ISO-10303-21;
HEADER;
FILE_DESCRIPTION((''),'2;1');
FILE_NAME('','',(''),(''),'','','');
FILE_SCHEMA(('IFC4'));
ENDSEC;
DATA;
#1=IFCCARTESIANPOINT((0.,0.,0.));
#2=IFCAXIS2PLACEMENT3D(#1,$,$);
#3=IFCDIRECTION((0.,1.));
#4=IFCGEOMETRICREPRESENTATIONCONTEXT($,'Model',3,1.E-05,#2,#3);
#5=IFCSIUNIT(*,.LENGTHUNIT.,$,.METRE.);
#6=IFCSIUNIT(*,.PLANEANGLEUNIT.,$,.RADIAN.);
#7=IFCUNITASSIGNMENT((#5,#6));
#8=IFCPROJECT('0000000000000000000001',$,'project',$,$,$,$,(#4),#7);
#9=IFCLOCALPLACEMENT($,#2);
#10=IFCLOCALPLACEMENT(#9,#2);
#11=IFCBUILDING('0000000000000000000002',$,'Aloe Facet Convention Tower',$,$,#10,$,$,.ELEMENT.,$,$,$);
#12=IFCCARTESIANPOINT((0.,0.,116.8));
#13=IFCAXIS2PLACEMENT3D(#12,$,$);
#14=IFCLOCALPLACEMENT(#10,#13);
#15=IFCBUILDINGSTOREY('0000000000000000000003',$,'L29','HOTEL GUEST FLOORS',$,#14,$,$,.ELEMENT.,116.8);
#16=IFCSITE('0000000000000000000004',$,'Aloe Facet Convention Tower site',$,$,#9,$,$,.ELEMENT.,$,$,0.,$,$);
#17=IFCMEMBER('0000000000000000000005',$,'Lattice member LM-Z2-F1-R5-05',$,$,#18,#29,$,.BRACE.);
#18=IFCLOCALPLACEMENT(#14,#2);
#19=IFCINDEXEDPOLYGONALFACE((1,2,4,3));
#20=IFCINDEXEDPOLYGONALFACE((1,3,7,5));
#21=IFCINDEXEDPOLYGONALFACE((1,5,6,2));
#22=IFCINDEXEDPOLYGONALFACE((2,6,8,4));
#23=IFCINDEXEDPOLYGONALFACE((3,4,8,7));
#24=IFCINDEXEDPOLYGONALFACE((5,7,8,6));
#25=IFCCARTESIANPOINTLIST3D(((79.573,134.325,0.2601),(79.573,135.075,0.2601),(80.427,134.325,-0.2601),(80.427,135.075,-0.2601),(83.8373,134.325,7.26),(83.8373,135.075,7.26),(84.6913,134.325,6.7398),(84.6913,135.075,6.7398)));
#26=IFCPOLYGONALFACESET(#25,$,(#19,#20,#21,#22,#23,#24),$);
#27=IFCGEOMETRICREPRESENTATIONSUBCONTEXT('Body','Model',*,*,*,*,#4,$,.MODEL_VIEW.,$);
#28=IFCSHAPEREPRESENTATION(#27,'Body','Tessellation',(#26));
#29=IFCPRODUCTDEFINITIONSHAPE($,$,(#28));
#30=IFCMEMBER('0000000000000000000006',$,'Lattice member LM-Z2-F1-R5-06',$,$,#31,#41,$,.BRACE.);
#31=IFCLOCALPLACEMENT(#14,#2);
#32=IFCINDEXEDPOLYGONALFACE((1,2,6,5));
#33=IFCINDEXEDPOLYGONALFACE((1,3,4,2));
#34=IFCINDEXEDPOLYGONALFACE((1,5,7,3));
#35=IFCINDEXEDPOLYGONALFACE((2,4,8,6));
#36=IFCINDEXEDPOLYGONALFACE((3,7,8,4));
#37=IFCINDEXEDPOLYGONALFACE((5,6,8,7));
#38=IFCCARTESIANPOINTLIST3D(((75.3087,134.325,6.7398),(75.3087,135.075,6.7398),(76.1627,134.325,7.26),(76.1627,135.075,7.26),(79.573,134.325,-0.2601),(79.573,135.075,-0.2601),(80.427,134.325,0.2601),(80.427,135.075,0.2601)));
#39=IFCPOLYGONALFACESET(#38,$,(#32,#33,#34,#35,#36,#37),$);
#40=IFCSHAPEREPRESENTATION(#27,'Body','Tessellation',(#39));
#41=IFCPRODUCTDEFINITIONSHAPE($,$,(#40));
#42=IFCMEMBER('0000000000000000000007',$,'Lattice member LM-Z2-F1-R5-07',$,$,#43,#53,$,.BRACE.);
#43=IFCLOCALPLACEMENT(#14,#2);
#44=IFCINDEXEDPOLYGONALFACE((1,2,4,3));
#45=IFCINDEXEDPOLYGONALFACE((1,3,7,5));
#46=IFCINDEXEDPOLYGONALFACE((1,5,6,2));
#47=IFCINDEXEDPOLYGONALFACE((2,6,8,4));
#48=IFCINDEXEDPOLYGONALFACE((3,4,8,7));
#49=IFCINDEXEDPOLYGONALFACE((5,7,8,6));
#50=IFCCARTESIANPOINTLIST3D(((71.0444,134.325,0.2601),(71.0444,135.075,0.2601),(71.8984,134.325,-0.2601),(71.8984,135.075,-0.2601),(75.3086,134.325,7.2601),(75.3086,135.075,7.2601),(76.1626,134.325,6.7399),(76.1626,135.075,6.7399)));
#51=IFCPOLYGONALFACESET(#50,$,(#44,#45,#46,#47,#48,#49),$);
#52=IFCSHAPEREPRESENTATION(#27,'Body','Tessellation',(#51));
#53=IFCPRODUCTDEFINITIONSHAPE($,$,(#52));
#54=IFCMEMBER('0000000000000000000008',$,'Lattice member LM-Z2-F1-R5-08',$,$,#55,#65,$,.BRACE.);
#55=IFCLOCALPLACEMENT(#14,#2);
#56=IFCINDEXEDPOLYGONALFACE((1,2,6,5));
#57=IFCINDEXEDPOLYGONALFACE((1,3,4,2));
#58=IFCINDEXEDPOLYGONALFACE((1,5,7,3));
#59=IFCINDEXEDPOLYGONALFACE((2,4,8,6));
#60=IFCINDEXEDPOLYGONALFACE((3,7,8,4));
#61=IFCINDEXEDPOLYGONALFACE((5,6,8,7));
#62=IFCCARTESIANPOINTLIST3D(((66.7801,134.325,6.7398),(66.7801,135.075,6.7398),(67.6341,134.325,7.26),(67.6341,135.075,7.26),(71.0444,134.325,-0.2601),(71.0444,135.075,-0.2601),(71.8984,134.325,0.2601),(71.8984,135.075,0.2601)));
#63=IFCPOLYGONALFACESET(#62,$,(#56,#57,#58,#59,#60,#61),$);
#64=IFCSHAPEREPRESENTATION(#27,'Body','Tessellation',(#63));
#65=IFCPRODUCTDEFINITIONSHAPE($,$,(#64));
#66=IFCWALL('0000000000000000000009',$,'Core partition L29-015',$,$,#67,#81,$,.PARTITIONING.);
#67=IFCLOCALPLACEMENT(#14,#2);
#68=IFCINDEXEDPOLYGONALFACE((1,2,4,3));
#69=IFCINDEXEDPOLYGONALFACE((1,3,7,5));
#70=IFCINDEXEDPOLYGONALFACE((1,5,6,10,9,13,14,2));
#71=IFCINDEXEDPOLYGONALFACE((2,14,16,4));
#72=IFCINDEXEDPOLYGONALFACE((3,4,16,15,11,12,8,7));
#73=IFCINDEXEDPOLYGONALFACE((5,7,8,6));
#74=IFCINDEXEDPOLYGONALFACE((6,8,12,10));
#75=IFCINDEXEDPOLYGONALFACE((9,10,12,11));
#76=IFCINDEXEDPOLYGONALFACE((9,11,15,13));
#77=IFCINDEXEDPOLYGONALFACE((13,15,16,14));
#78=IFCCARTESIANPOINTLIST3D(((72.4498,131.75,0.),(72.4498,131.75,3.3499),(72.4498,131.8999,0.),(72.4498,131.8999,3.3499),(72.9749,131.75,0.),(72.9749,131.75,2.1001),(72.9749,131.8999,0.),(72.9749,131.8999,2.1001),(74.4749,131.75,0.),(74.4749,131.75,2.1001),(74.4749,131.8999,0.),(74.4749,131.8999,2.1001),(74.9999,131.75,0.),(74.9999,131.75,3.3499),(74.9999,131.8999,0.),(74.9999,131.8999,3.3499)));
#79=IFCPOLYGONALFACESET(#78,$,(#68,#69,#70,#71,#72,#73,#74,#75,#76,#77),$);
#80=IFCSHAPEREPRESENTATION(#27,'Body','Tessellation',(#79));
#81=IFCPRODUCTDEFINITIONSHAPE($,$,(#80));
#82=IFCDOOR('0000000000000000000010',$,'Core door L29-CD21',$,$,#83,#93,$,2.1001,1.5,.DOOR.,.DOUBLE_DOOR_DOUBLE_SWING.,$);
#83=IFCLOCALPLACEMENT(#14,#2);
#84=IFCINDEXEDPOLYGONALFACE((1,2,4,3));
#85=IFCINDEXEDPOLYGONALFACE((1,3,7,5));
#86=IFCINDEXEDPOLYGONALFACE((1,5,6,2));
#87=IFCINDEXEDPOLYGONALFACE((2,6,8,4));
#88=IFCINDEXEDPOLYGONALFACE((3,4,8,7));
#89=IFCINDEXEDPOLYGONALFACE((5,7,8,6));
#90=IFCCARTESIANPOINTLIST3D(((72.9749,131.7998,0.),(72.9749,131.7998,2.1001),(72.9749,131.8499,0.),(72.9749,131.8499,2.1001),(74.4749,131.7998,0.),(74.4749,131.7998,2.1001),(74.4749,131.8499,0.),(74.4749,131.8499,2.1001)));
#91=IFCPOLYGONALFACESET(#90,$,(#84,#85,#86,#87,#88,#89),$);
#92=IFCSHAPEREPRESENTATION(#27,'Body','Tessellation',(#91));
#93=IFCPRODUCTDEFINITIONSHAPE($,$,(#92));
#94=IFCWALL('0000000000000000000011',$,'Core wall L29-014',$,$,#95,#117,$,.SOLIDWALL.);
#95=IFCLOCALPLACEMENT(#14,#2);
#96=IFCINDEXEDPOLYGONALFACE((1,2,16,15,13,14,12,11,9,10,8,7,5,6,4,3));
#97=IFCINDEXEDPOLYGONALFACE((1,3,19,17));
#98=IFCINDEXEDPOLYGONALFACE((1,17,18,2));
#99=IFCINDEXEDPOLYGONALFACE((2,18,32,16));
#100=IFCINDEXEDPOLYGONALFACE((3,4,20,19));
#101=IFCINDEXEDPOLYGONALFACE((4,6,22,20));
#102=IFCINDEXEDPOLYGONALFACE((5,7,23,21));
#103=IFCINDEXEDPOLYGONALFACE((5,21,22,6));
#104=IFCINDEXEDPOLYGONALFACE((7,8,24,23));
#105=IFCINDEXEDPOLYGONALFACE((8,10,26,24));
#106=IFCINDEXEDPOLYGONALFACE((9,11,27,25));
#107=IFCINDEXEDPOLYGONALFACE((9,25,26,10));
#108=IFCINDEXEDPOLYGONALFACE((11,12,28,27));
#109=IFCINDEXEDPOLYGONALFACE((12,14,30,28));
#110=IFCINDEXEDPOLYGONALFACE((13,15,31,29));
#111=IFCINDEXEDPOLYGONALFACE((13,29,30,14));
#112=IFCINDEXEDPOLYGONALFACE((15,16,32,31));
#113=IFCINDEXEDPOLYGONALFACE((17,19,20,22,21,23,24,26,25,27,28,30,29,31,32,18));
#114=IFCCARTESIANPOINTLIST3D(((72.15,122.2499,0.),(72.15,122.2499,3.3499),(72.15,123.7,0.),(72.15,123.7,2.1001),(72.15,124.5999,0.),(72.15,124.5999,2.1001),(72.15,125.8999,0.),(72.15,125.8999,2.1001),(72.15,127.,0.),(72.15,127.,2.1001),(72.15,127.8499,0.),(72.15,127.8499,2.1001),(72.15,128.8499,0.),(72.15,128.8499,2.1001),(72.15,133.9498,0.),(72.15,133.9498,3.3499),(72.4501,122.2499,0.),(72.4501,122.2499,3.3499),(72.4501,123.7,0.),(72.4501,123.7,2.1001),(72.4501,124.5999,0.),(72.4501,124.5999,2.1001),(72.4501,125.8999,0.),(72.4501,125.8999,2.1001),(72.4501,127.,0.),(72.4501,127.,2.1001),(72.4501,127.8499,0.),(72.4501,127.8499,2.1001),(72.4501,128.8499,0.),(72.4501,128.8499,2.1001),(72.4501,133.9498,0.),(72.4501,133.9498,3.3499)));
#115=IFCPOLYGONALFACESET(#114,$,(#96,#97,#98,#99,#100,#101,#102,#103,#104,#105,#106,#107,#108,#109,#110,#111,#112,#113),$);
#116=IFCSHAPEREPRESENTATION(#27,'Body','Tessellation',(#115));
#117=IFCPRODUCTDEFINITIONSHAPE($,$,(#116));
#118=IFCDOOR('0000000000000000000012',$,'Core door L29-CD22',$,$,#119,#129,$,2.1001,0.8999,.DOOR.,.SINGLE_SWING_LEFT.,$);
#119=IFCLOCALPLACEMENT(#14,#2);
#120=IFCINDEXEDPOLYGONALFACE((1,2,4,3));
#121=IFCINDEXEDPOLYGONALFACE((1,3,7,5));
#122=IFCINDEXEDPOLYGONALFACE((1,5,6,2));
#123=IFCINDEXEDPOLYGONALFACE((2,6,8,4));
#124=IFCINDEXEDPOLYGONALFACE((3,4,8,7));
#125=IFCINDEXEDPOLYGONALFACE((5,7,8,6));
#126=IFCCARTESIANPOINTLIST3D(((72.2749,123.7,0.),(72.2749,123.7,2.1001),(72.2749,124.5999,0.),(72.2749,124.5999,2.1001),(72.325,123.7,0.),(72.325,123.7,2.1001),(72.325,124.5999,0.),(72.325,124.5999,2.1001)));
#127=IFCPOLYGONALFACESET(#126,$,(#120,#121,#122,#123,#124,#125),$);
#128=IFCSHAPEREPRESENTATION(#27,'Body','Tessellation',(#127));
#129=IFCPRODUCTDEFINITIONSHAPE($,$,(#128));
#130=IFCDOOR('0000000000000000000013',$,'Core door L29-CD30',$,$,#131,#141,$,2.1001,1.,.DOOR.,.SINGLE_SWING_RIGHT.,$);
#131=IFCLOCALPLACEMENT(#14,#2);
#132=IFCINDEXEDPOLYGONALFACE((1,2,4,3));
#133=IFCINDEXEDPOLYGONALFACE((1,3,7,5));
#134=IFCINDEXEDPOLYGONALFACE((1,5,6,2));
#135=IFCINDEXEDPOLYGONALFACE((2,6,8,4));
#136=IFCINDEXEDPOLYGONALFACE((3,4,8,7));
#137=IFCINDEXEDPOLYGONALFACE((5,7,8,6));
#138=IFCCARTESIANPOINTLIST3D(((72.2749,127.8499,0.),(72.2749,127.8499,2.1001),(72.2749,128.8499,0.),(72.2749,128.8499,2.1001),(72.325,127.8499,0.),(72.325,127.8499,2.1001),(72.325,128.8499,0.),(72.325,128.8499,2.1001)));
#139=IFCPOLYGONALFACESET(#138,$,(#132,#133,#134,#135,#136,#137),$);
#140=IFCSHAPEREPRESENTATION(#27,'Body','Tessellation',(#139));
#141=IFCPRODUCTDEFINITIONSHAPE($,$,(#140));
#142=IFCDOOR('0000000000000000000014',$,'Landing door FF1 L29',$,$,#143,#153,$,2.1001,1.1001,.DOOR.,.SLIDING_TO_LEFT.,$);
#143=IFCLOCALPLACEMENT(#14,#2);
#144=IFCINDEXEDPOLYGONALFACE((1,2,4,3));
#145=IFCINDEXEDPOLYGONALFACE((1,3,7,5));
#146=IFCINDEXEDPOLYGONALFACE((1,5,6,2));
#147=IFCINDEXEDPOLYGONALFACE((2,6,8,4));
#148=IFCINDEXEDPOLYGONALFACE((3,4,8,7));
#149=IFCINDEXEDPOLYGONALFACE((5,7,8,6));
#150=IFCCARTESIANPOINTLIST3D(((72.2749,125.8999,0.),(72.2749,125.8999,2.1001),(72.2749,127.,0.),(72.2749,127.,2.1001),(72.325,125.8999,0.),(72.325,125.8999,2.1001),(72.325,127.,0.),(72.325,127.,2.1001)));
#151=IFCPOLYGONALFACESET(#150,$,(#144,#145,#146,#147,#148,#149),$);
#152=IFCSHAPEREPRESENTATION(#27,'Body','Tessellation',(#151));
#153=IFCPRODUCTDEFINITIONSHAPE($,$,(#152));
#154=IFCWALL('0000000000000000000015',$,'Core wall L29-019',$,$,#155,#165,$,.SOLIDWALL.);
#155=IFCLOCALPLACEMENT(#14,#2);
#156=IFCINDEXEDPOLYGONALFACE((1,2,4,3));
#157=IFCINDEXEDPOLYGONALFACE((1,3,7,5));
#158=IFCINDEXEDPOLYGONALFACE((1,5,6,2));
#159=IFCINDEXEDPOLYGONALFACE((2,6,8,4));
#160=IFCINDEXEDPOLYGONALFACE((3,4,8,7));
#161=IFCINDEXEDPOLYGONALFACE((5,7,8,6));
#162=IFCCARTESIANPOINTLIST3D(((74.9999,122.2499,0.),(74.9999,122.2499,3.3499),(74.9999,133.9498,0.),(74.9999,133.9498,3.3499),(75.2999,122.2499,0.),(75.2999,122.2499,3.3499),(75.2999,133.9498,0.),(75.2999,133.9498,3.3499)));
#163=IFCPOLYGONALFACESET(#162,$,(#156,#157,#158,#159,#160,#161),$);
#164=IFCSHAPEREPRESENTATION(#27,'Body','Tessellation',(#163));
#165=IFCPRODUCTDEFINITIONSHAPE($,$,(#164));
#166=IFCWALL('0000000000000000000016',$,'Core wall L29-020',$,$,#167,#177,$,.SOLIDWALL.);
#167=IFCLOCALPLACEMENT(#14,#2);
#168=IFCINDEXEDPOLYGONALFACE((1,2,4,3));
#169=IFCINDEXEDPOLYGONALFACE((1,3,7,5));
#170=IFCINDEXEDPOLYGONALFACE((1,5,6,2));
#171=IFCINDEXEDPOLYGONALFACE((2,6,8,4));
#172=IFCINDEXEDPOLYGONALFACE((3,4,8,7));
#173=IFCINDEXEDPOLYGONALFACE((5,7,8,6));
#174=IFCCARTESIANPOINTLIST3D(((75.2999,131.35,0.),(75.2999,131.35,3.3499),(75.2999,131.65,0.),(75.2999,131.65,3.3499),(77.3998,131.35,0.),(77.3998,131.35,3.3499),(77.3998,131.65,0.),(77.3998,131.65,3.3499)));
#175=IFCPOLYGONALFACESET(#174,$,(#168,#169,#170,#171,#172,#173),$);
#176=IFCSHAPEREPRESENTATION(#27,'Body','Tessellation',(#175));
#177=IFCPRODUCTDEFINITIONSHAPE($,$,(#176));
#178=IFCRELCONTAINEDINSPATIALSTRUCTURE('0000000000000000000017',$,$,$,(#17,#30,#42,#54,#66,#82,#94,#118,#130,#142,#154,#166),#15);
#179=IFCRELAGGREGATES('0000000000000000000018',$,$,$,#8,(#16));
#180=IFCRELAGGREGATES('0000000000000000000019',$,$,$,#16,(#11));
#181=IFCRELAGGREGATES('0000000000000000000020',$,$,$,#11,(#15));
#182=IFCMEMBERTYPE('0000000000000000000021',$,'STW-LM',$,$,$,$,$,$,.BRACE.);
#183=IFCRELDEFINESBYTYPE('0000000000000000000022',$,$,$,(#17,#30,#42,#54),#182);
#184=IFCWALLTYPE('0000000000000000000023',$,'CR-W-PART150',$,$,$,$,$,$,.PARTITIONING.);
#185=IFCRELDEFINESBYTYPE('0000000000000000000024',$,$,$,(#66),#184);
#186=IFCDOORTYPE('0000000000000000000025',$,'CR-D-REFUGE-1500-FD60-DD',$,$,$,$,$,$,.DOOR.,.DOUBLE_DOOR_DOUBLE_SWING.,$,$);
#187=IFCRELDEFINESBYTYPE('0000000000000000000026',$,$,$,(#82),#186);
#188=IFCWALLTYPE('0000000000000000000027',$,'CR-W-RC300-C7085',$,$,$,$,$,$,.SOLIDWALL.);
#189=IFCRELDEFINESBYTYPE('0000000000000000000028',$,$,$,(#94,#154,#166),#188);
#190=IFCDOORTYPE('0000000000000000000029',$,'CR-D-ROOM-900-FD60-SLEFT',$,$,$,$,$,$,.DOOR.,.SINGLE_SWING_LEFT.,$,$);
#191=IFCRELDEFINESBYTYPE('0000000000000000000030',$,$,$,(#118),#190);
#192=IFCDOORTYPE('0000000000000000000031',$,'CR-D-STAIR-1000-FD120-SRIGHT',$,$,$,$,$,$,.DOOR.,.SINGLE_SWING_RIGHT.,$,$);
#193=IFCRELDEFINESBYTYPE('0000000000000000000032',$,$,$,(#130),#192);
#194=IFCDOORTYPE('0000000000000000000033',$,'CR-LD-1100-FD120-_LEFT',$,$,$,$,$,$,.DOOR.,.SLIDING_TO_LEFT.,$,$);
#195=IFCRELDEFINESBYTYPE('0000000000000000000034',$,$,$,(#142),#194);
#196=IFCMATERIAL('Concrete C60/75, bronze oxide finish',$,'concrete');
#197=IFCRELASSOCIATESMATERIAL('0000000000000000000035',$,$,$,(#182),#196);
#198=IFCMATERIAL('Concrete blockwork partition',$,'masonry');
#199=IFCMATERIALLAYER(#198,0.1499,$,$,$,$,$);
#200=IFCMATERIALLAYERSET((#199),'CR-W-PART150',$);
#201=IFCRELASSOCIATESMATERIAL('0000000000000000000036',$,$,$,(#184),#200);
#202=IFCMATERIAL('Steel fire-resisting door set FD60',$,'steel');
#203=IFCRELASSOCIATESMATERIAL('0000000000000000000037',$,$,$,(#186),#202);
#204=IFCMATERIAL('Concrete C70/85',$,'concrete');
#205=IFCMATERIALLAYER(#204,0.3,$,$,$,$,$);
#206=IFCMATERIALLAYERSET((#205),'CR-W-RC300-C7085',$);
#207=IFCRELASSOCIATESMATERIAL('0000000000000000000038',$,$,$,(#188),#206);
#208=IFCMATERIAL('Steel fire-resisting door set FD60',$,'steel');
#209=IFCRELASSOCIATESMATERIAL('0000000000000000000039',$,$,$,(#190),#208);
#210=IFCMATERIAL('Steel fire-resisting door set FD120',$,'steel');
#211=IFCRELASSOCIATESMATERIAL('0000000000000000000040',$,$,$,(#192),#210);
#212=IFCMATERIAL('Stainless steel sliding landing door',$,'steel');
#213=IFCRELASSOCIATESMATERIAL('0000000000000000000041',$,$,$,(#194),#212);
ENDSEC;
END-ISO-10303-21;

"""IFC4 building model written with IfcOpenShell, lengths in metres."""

from ifc_helpers import new_model, si_unit, direction, frame, frame_2d, origin, origin_2d, place, context, subcontext, project, spatial, rectangle, extrude, material, layer, layer_set, material_profile, profile_set, type_object, element, fill, save


model = new_model("IFC4")

# Units and contexts
model_context = context("Model", 3, precision=1e-05, world=origin(), true_north=direction((0.0, 1.0)))
body_context = subcontext(model_context, "Body", "Model", "MODEL_VIEW")
ifc_project = project(units=[si_unit("LENGTHUNIT", "METRE"), si_unit("PLANEANGLEUNIT", "RADIAN")], contexts=[model_context])

# Site, building, storey
site_placement = place(None, origin())
site = spatial("IfcSite", under=ifc_project, at=site_placement, Name="Aloe Facet Convention Tower site", CompositionType="ELEMENT", RefElevation=0.0)
building_placement = place(site_placement, origin())
building = spatial("IfcBuilding", under=site, at=building_placement, Name="Aloe Facet Convention Tower", CompositionType="ELEMENT")
storey_placement = place(building_placement, frame((0.0, 0.0, 116.8)))
storey = spatial("IfcBuildingStorey", under=building, at=storey_placement, Name="L29", Description="HOTEL GUEST FLOORS", CompositionType="ELEMENT", Elevation=116.8)

# Members
ifc_material_1 = material(Name="Concrete C60/75, bronze oxide finish", Category="concrete")
ifc_material_profile = material_profile(ifc_material_1, rectangle(XDim=0.75, YDim=1.0, at=origin_2d()), Name="STW-LM")
ifc_profile_set = profile_set([ifc_material_profile], Name="Concrete C60/75, bronze oxide finish")
member_type = type_object("IfcMemberType", Name="STW-LM", PredefinedType="BRACE", material=ifc_profile_set)
for number, where, z_axis, x_axis, name in (
    (1, (80.0, 134.7, 0.0), (0.520262, 0.0, 0.854007), (0.0, 1.0, 0.0), "Lattice member LM-Z2-F1-R5-05"),
    (2, (80.0, 134.7, 0.0), (-0.520262, 0.0, 0.854007), (0.0, -1.0, 0.0), "Lattice member LM-Z2-F1-R5-06"),
    (3, (71.4714, 134.7, 0.0), (0.52024, 0.0, 0.85402), (0.0, 1.0, 0.0), "Lattice member LM-Z2-F1-R5-07"),
    (4, (71.4714, 134.7, 0.0), (-0.520262, 0.0, 0.854007), (0.0, -1.0, 0.0), "Lattice member LM-Z2-F1-R5-08"),
):
    element("IfcMember", number, at=place(storey_placement, frame(where, z_axis=z_axis, x_axis=x_axis)), inside=storey, type_object=member_type, Name=name, PredefinedType="BRACE", context=body_context, shape_type="SweptSolid", body=[
        extrude(rectangle(XDim=0.75, YDim=1.0, at=origin_2d()), origin(), (0.0, 0.0, 1.0), 8.1965),
    ])

# Wall, opening, door
ifc_material_2 = material(Name="Concrete blockwork partition", Category="masonry")
ifc_layer_1 = layer(ifc_material_2, 0.1499)
ifc_layer_set_1 = layer_set([ifc_layer_1], Name="CR-W-PART150")
wall_type_1 = type_object("IfcWallType", Name="CR-W-PART150", PredefinedType="PARTITIONING", material=ifc_layer_set_1)
wall_1_placement = place(storey_placement, frame((72.45, 131.825, 0.0), z_axis=(0.0, 0.0, 1.0), x_axis=(1.0, 0.0, 0.0)))
wall_1 = element("IfcWall", 5, at=wall_1_placement, inside=storey, type_object=wall_type_1, Name="Core partition L29-015", PredefinedType="PARTITIONING", context=body_context, shape_type="SweptSolid", body=[
    extrude(rectangle(XDim=2.55, YDim=0.1499, at=frame_2d((1.2749, 0.0))), origin(), (0.0, 0.0, 1.0), 3.3499),
])
opening_1_placement = place(wall_1_placement, frame((0.5249, 0.0, 0.0)))
opening_1 = element("IfcOpeningElement", 6, at=opening_1_placement, cuts=wall_1, PredefinedType="OPENING", context=body_context, shape_type="SweptSolid", body=[
    extrude(rectangle(XDim=1.5, YDim=2.1001, at=frame_2d((0.75, 1.05))), frame((0.0, 0.085, 0.0), z_axis=(0.0, -1.0, 0.0), x_axis=(1.0, 0.0, 0.0)), (0.0, 0.0, 1.0), 0.1699),
])
ifc_material_3 = material(Name="Steel fire-resisting door set FD60", Category="steel")
door_type_1 = type_object("IfcDoorType", Name="CR-D-REFUGE-1500-FD60-DD", OperationType="DOUBLE_DOOR_DOUBLE_SWING", PredefinedType="DOOR", material=ifc_material_3)
door_1_placement = place(opening_1_placement, origin())
door_1 = element("IfcDoor", 7, at=door_1_placement, inside=storey, type_object=door_type_1, Name="Core door L29-CD21", OperationType="DOUBLE_DOOR_DOUBLE_SWING", OverallHeight=2.1001, OverallWidth=1.5, PredefinedType="DOOR", context=body_context, shape_type="SweptSolid", body=[
    extrude(rectangle(XDim=1.5, YDim=2.1001, at=frame_2d((0.75, 1.05))), frame((0.0, 0.0249, 0.0), z_axis=(0.0, -1.0, 0.0), x_axis=(1.0, 0.0, 0.0)), (0.0, 0.0, 1.0), 0.05),
])
fill(opening_1, door_1)

# Wall, openings, doors
ifc_material_4 = material(Name="Concrete C70/85", Category="concrete")
ifc_layer_2 = layer(ifc_material_4, 0.3)
ifc_layer_set_2 = layer_set([ifc_layer_2], Name="CR-W-RC300-C7085")
wall_type_2 = type_object("IfcWallType", Name="CR-W-RC300-C7085", PredefinedType="SOLIDWALL", material=ifc_layer_set_2)
wall_2_placement = place(storey_placement, frame((72.3, 133.95, 0.0), z_axis=(0.0, 0.0, 1.0), x_axis=(0.0, -1.0, 0.0)))
wall_2 = element("IfcWall", 8, at=wall_2_placement, inside=storey, type_object=wall_type_2, Name="Core wall L29-014", PredefinedType="SOLIDWALL", context=body_context, shape_type="SweptSolid", body=[
    extrude(rectangle(XDim=11.7, YDim=0.3, at=frame_2d((5.8501, 0.0))), origin(), (0.0, 0.0, 1.0), 3.3499),
])
opening_2_placement = place(wall_2_placement, frame((6.95, 0.0, 0.0)))
opening_2 = element("IfcOpeningElement", 9, at=opening_2_placement, cuts=wall_2, PredefinedType="OPENING", context=body_context, shape_type="SweptSolid", body=[
    extrude(rectangle(XDim=1.1001, YDim=2.1001, at=frame_2d((0.55, 1.05))), frame((0.0, 0.1602, 0.0), z_axis=(0.0, -1.0, 0.0), x_axis=(1.0, 0.0, 0.0)), (0.0, 0.0, 1.0), 0.3201),
])
opening_3_placement = place(wall_2_placement, frame((9.3501, 0.0, 0.0)))
opening_3 = element("IfcOpeningElement", 10, at=opening_3_placement, cuts=wall_2, PredefinedType="OPENING", context=body_context, shape_type="SweptSolid", body=[
    extrude(rectangle(XDim=0.8999, YDim=2.1001, at=frame_2d((0.45, 1.05))), frame((0.0, 0.1602, 0.0), z_axis=(0.0, -1.0, 0.0), x_axis=(1.0, 0.0, 0.0)), (0.0, 0.0, 1.0), 0.3201),
])
opening_4_placement = place(wall_2_placement, frame((5.1001, 0.0, 0.0)))
opening_4 = element("IfcOpeningElement", 11, at=opening_4_placement, cuts=wall_2, PredefinedType="OPENING", context=body_context, shape_type="SweptSolid", body=[
    extrude(rectangle(XDim=1.0, YDim=2.1001, at=frame_2d((0.5, 1.05))), frame((0.0, 0.1602, 0.0), z_axis=(0.0, -1.0, 0.0), x_axis=(1.0, 0.0, 0.0)), (0.0, 0.0, 1.0), 0.3201),
])
ifc_material_5 = material(Name="Steel fire-resisting door set FD60", Category="steel")
door_type_2 = type_object("IfcDoorType", Name="CR-D-ROOM-900-FD60-SLEFT", OperationType="SINGLE_SWING_LEFT", PredefinedType="DOOR", material=ifc_material_5)
door_2_placement = place(opening_3_placement, origin())
door_2 = element("IfcDoor", 12, at=door_2_placement, inside=storey, type_object=door_type_2, Name="Core door L29-CD22", OperationType="SINGLE_SWING_LEFT", OverallHeight=2.1001, OverallWidth=0.8999, PredefinedType="DOOR", context=body_context, shape_type="SweptSolid", body=[
    extrude(rectangle(XDim=0.8999, YDim=2.1001, at=frame_2d((0.45, 1.05))), frame((0.0, 0.0249, 0.0), z_axis=(0.0, -1.0, 0.0), x_axis=(1.0, 0.0, 0.0)), (0.0, 0.0, 1.0), 0.05),
])
fill(opening_3, door_2)
ifc_material_6 = material(Name="Steel fire-resisting door set FD120", Category="steel")
door_type_3 = type_object("IfcDoorType", Name="CR-D-STAIR-1000-FD120-SRIGHT", OperationType="SINGLE_SWING_RIGHT", PredefinedType="DOOR", material=ifc_material_6)
door_3_placement = place(opening_4_placement, origin())
door_3 = element("IfcDoor", 13, at=door_3_placement, inside=storey, type_object=door_type_3, Name="Core door L29-CD30", OperationType="SINGLE_SWING_RIGHT", OverallHeight=2.1001, OverallWidth=1.0, PredefinedType="DOOR", context=body_context, shape_type="SweptSolid", body=[
    extrude(rectangle(XDim=1.0, YDim=2.1001, at=frame_2d((0.5, 1.05))), frame((0.0, 0.0249, 0.0), z_axis=(0.0, -1.0, 0.0), x_axis=(1.0, 0.0, 0.0)), (0.0, 0.0, 1.0), 0.05),
])
fill(opening_4, door_3)
ifc_material_7 = material(Name="Stainless steel sliding landing door", Category="steel")
door_type_4 = type_object("IfcDoorType", Name="CR-LD-1100-FD120-_LEFT", OperationType="SLIDING_TO_LEFT", PredefinedType="DOOR", material=ifc_material_7)
door_4_placement = place(opening_2_placement, origin())
door_4 = element("IfcDoor", 14, at=door_4_placement, inside=storey, type_object=door_type_4, Name="Landing door FF1 L29", OperationType="SLIDING_TO_LEFT", OverallHeight=2.1001, OverallWidth=1.1001, PredefinedType="DOOR", context=body_context, shape_type="SweptSolid", body=[
    extrude(rectangle(XDim=1.1001, YDim=2.1001, at=frame_2d((0.55, 1.05))), frame((0.0, 0.0249, 0.0), z_axis=(0.0, -1.0, 0.0), x_axis=(1.0, 0.0, 0.0)), (0.0, 0.0, 1.0), 0.05),
])
fill(opening_2, door_4)

# Walls
wall_3_placement = place(storey_placement, frame((75.1499, 133.95, 0.0), z_axis=(0.0, 0.0, 1.0), x_axis=(0.0, -1.0, 0.0)))
element("IfcWall", 15, at=wall_3_placement, inside=storey, type_object=wall_type_2, Name="Core wall L29-019", PredefinedType="SOLIDWALL", context=body_context, shape_type="SweptSolid", body=[
    extrude(rectangle(XDim=11.7, YDim=0.3, at=frame_2d((5.8501, 0.0))), origin(), (0.0, 0.0, 1.0), 3.3499),
])
wall_4_placement = place(storey_placement, frame((75.3, 131.5, 0.0), z_axis=(0.0, 0.0, 1.0), x_axis=(1.0, 0.0, 0.0)))
element("IfcWall", 16, at=wall_4_placement, inside=storey, type_object=wall_type_2, Name="Core wall L29-020", PredefinedType="SOLIDWALL", context=body_context, shape_type="SweptSolid", body=[
    extrude(rectangle(XDim=2.0999, YDim=0.3, at=frame_2d((1.0498, 0.0))), origin(), (0.0, 0.0, 1.0), 3.3499),
])

save(model, "model.ifc")
